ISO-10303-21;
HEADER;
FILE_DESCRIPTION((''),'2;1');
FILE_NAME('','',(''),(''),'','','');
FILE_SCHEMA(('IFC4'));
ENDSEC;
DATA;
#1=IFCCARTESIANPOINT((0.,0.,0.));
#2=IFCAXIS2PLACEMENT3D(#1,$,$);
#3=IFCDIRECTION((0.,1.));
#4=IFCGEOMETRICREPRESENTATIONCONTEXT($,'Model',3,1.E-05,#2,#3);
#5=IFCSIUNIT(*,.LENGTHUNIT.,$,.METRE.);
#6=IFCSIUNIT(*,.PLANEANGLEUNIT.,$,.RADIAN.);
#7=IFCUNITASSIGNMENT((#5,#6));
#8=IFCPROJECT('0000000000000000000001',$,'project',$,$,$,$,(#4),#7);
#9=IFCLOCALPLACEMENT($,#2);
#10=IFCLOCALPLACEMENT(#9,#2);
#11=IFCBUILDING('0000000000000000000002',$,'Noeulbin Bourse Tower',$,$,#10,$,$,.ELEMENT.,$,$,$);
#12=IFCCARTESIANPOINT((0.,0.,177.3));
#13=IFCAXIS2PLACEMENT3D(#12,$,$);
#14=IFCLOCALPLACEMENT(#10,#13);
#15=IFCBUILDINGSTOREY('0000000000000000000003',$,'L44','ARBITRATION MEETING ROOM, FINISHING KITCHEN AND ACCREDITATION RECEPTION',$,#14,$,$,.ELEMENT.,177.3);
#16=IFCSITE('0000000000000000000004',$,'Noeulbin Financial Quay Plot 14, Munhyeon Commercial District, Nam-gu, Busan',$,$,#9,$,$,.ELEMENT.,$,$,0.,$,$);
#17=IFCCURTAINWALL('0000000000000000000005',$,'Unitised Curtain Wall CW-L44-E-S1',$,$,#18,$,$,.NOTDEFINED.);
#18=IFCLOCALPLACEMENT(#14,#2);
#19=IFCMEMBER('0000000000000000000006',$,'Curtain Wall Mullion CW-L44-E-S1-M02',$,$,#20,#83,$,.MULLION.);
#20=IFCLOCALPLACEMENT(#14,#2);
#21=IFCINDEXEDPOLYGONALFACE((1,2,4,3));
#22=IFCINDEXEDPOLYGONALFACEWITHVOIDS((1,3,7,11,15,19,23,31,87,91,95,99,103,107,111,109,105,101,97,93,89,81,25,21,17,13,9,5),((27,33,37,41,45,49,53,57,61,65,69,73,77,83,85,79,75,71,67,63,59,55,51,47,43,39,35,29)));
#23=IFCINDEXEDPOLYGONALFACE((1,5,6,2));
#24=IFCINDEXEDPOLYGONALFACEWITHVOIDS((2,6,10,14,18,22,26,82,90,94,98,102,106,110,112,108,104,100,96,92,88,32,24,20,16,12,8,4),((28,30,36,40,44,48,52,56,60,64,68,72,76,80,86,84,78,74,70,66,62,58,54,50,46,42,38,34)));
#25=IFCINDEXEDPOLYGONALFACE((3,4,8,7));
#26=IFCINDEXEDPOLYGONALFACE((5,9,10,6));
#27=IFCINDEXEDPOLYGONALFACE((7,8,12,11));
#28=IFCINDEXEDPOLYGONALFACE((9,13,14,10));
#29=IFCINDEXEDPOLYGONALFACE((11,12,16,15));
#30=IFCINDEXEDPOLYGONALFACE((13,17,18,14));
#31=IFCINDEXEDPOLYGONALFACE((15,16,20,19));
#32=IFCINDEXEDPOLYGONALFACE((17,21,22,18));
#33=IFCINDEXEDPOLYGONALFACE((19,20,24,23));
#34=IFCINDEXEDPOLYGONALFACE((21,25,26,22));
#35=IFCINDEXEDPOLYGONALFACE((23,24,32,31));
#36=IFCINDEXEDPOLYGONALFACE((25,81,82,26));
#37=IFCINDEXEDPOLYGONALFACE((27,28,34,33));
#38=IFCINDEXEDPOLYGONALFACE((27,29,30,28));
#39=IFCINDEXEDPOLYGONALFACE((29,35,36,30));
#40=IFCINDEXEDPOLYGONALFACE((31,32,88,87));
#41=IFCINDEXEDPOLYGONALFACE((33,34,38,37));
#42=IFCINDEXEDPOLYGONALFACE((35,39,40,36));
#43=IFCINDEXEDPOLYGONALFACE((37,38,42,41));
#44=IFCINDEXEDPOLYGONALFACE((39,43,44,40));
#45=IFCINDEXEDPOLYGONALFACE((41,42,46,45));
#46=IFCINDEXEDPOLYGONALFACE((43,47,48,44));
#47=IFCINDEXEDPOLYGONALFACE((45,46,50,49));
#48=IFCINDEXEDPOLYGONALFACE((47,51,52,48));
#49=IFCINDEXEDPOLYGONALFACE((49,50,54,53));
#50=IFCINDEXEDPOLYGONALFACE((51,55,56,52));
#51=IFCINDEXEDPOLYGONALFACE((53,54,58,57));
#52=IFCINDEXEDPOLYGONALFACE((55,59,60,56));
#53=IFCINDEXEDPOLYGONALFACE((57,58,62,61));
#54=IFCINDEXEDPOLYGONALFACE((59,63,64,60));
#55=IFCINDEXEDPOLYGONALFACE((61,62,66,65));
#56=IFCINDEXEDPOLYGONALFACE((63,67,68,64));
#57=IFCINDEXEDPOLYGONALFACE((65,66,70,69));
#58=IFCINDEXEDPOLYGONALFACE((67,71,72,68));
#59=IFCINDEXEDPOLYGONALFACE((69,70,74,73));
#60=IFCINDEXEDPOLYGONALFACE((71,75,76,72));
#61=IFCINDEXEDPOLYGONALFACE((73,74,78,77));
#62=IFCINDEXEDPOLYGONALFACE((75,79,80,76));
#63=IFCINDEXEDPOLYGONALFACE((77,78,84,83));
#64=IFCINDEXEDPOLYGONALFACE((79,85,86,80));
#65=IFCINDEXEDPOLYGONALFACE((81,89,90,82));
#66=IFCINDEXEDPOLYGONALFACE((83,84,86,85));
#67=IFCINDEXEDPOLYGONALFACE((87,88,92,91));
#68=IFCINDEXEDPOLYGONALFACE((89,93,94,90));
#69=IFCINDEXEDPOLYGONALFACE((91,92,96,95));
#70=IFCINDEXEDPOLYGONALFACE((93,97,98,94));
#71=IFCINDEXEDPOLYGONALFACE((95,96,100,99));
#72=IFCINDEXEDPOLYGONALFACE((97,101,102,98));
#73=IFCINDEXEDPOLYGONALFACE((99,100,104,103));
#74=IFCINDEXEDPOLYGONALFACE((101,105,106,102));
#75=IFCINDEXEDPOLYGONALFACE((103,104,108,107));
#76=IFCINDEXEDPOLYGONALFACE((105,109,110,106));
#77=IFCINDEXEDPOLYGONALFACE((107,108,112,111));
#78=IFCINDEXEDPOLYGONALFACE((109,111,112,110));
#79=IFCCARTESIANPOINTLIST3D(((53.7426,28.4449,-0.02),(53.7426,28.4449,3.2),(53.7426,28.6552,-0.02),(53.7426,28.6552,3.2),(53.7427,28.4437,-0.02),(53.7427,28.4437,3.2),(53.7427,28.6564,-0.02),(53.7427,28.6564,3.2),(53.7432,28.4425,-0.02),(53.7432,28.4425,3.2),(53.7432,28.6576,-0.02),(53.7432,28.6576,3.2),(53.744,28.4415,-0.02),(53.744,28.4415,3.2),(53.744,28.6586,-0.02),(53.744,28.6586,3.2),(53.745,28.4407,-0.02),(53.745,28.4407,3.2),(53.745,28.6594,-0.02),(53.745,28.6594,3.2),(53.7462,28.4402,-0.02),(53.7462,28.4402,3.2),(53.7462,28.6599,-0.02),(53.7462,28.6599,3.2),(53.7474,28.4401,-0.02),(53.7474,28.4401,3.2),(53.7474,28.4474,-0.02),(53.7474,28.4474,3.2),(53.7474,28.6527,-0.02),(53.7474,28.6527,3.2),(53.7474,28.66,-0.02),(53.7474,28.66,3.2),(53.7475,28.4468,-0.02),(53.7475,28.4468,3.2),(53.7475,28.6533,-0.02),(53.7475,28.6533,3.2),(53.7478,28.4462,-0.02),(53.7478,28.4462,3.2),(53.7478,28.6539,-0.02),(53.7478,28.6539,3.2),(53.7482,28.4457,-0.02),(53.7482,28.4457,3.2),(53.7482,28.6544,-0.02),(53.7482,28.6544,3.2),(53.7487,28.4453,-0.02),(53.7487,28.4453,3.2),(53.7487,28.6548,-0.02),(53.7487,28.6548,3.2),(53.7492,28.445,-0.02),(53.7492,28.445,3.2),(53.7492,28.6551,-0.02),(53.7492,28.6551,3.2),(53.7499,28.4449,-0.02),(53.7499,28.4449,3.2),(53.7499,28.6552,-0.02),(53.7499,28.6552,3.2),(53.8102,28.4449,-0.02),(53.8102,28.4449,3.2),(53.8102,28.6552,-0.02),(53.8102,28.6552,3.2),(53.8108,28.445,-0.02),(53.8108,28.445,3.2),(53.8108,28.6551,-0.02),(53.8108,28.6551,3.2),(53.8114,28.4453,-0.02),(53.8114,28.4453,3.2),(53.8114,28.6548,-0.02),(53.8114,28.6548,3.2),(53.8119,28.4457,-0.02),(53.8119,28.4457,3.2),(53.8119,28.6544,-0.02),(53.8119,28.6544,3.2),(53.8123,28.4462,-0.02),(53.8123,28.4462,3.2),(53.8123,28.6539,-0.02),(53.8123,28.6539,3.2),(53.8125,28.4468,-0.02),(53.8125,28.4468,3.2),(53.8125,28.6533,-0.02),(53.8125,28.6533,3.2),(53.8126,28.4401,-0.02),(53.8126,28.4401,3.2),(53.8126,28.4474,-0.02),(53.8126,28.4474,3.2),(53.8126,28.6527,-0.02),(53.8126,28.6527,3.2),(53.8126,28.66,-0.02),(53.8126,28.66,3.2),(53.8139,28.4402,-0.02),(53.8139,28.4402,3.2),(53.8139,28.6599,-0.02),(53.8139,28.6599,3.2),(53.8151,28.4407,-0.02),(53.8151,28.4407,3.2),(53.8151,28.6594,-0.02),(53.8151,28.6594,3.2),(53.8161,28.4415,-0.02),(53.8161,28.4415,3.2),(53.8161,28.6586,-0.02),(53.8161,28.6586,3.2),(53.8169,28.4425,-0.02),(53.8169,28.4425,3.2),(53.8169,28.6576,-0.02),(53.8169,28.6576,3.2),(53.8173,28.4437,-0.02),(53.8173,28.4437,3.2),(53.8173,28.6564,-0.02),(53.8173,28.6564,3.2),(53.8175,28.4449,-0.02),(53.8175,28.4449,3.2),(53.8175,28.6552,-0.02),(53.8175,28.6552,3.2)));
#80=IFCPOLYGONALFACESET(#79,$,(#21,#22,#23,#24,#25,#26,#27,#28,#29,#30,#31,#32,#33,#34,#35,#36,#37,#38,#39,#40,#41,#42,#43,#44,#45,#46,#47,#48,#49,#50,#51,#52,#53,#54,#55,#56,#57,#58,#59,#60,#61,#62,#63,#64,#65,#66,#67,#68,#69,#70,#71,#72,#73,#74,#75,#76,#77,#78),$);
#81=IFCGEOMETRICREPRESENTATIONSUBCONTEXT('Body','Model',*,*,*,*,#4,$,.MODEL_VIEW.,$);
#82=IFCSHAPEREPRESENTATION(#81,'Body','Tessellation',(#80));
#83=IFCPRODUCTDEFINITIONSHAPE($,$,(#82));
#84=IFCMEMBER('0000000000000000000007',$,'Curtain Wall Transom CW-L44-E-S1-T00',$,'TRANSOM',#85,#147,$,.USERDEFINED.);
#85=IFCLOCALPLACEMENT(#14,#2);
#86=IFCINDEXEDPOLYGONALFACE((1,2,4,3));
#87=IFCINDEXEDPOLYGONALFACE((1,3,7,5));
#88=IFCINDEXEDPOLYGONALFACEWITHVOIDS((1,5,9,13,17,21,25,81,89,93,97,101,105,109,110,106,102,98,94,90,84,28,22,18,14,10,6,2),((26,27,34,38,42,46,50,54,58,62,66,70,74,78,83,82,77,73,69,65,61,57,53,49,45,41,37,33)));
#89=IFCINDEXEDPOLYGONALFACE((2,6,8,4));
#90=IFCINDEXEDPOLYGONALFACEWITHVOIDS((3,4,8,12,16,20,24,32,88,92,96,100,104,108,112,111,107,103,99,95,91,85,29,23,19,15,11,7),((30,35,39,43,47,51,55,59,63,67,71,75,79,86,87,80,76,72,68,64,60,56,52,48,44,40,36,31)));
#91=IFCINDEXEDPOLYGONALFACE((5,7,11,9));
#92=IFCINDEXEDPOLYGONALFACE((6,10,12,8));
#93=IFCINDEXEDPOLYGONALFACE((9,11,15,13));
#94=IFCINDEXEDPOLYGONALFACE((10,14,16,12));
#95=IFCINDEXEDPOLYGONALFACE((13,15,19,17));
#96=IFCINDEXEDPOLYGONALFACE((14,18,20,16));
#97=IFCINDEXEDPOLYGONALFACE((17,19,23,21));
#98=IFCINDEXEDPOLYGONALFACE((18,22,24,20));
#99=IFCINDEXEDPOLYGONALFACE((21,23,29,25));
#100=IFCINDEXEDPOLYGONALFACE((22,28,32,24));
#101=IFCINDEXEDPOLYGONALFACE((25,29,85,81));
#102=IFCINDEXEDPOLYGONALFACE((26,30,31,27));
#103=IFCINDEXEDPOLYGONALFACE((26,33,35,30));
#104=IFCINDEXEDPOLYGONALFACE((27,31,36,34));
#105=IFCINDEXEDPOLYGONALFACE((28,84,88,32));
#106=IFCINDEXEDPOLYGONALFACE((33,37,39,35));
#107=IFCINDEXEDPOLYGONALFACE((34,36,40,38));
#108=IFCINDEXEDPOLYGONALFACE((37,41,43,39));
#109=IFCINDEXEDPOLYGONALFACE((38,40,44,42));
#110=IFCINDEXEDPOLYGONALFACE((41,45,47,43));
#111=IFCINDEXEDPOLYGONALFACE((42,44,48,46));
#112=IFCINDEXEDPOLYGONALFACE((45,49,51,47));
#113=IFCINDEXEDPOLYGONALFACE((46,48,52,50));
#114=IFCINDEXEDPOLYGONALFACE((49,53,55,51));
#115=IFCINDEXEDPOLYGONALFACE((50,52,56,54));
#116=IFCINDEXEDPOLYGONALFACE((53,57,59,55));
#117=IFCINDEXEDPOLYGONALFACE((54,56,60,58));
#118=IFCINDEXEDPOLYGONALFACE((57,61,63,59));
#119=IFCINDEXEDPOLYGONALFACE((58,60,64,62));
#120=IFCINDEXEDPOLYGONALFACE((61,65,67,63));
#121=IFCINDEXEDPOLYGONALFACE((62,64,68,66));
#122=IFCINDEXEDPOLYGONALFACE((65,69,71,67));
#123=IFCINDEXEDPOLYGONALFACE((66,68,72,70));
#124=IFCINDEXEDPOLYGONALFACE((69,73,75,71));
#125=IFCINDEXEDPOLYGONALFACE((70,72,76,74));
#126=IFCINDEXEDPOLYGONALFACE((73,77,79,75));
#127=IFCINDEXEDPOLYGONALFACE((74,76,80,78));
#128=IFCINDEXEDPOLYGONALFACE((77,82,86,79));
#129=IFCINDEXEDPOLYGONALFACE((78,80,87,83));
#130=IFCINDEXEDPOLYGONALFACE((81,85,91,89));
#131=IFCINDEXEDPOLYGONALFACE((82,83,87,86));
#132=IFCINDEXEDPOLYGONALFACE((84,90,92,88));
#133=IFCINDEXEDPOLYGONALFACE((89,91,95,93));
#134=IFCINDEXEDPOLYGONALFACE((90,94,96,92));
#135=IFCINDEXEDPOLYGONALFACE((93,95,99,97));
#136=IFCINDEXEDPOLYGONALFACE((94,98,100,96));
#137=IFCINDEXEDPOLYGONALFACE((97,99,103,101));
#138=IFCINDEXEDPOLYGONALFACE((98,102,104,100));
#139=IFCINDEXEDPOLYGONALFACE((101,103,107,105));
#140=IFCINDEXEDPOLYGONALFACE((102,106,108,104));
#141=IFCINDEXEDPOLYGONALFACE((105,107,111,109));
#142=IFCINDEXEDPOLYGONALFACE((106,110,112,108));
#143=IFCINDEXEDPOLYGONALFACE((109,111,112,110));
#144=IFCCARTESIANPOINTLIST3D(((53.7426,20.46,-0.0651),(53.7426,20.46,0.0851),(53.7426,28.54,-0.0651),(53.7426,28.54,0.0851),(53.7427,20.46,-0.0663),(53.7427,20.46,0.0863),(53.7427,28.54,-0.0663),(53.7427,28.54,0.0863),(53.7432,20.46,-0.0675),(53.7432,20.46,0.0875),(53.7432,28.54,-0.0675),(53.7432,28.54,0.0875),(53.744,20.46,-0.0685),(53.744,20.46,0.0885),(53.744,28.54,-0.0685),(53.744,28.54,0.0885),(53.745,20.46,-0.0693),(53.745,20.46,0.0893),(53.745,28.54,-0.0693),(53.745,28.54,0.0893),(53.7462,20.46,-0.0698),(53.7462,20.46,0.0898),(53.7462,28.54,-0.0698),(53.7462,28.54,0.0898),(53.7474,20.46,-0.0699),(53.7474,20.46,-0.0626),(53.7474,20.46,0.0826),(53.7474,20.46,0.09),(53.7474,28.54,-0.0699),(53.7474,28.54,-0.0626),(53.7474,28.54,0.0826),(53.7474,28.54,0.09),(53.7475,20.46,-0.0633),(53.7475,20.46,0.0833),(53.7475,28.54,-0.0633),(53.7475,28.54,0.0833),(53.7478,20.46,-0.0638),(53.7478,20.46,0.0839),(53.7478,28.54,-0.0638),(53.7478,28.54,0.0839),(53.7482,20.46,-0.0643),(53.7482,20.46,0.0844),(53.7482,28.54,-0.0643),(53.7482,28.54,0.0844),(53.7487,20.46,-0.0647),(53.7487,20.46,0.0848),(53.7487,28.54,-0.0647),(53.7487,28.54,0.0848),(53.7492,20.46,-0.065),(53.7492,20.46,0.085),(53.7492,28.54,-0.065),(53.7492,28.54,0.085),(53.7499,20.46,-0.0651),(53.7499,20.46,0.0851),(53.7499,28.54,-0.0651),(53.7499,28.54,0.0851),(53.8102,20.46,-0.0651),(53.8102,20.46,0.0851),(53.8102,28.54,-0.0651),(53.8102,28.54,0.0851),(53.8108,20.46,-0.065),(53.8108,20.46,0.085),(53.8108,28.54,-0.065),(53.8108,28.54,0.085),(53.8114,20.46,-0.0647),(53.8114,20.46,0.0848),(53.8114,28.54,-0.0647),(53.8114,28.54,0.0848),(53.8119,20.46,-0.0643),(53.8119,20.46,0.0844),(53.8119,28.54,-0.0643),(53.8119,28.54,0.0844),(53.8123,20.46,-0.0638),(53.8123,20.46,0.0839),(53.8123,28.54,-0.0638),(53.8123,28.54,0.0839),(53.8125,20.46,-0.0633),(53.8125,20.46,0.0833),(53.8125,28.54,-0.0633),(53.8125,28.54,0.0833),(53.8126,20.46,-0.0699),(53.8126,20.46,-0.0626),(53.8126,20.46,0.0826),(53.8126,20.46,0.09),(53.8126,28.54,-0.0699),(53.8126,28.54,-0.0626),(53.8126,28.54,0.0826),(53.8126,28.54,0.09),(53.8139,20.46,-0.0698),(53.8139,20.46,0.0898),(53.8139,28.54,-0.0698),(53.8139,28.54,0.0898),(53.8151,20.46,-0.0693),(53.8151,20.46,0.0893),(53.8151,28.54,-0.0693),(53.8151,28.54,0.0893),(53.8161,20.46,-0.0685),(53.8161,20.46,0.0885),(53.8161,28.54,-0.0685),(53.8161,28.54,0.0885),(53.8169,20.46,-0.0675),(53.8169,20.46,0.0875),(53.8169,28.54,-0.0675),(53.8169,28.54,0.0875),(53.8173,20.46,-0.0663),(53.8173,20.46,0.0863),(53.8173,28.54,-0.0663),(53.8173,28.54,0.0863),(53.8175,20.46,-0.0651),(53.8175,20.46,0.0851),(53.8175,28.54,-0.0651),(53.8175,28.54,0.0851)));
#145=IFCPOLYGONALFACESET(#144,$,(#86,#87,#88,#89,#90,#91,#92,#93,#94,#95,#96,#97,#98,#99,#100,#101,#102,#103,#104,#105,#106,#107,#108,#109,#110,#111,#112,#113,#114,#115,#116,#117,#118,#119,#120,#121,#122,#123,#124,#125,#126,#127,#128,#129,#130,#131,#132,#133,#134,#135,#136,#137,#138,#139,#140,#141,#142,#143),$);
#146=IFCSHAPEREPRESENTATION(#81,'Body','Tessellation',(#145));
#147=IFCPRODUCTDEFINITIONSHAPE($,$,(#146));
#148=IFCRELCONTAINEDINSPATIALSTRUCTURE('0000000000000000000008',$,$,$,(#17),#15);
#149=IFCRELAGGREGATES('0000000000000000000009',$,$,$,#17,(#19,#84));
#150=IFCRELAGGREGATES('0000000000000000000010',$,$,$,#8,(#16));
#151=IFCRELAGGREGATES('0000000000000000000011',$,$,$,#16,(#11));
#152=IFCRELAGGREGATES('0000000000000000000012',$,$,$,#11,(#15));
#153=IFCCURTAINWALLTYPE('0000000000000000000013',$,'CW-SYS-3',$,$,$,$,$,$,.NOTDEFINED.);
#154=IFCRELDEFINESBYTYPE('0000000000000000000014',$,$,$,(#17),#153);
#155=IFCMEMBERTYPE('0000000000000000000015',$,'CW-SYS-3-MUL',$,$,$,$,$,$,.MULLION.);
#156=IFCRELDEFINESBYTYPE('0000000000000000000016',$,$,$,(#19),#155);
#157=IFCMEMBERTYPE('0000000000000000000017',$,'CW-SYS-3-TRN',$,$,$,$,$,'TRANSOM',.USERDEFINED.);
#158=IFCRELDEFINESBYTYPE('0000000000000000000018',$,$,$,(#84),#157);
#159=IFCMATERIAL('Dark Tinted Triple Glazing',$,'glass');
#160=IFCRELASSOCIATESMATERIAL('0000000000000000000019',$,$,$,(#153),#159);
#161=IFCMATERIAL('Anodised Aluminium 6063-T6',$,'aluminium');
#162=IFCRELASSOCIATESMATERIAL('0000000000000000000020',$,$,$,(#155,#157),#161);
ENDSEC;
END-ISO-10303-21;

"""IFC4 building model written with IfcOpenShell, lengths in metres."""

from ifc_helpers import new_model, si_unit, direction, frame, origin, origin_2d, place, context, subcontext, project, spatial, hollow_rectangle, extrude, material, material_profile, profile_set, type_object, element, aggregate, save


model = new_model("IFC4")

# Units and contexts
model_context = context("Model", 3, precision=1e-05, world=origin(), true_north=direction((0.0, 1.0)))
body_context = subcontext(model_context, "Body", "Model", "MODEL_VIEW")
ifc_project = project(units=[si_unit("LENGTHUNIT", "METRE"), si_unit("PLANEANGLEUNIT", "RADIAN")], contexts=[model_context])

# Site, building, storey
site_placement = place(None, origin())
site = spatial("IfcSite", under=ifc_project, at=site_placement, Name="Noeulbin Financial Quay Plot 14, Munhyeon Commercial District, Nam-gu, Busan", CompositionType="ELEMENT", RefElevation=0.0)
building_placement = place(site_placement, origin())
building = spatial("IfcBuilding", under=site, at=building_placement, Name="Noeulbin Bourse Tower", CompositionType="ELEMENT")
storey_placement = place(building_placement, frame((0.0, 0.0, 177.3)))
storey = spatial("IfcBuildingStorey", under=building, at=storey_placement, Name="L44", Description="ARBITRATION MEETING ROOM, FINISHING KITCHEN AND ACCREDITATION RECEPTION", CompositionType="ELEMENT", Elevation=177.3)

# Curtain wall, members
ifc_material_1 = material(Name="Dark Tinted Triple Glazing", Category="glass")
curtain_wall_type = type_object("IfcCurtainWallType", Name="CW-SYS-3", PredefinedType="NOTDEFINED", material=ifc_material_1)
curtain_wall_placement = place(storey_placement, origin())
curtain_wall = element("IfcCurtainWall", 1, at=curtain_wall_placement, inside=storey, type_object=curtain_wall_type, Name="Unitised Curtain Wall CW-L44-E-S1", PredefinedType="NOTDEFINED")
ifc_material_2 = material(Name="Anodised Aluminium 6063-T6", Category="aluminium")
ifc_material_profile_1 = material_profile(ifc_material_2, hollow_rectangle(XDim=0.075, YDim=0.22, WallThickness=0.0049, InnerFilletRadius=0.0024, OuterFilletRadius=0.0049, at=origin_2d()), Name="ALU-MULL-75x220x5", Category="LoadBearing")
ifc_profile_set_1 = profile_set([ifc_material_profile_1], Name="Anodised Aluminium 6063-T6")
member_type_1 = type_object("IfcMemberType", Name="CW-SYS-3-MUL", PredefinedType="MULLION", material=ifc_profile_set_1)
member_1_placement = place(storey_placement, frame((53.78, 28.55, -0.02), z_axis=(0.0, 0.0, 1.0), x_axis=(1.0, 0.0, 0.0)))
member_1 = element("IfcMember", 2, at=member_1_placement, type_object=member_type_1, Name="Curtain Wall Mullion CW-L44-E-S1-M02", PredefinedType="MULLION", context=body_context, shape_type="SweptSolid", body=[
    extrude(hollow_rectangle(XDim=0.075, YDim=0.22, WallThickness=0.0049, InnerFilletRadius=0.0024, OuterFilletRadius=0.0049, at=origin_2d()), origin(), (0.0, 0.0, 1.0), 3.22),
])
ifc_material_profile_2 = material_profile(ifc_material_2, hollow_rectangle(XDim=0.075, YDim=0.1599, WallThickness=0.0049, InnerFilletRadius=0.0024, OuterFilletRadius=0.0049, at=origin_2d()), Name="ALU-TRAN-75x160x5", Category="LoadBearing")
ifc_profile_set_2 = profile_set([ifc_material_profile_2], Name="Anodised Aluminium 6063-T6")
member_type_2 = type_object("IfcMemberType", Name="CW-SYS-3-TRN", ElementType="TRANSOM", PredefinedType="USERDEFINED", material=ifc_profile_set_2)
member_2_placement = place(storey_placement, frame((53.78, 20.46, 0.01), z_axis=(0.0, 1.0, 0.0), x_axis=(-1.0, 0.0, 0.0)))
member_2 = element("IfcMember", 3, at=member_2_placement, type_object=member_type_2, Name="Curtain Wall Transom CW-L44-E-S1-T00", ObjectType="TRANSOM", PredefinedType="USERDEFINED", context=body_context, shape_type="SweptSolid", body=[
    extrude(hollow_rectangle(XDim=0.075, YDim=0.1599, WallThickness=0.0049, InnerFilletRadius=0.0024, OuterFilletRadius=0.0049, at=origin_2d()), origin(), (0.0, 0.0, 1.0), 8.0801),
])
aggregate(curtain_wall, [member_1, member_2])

save(model, "model.ifc")
